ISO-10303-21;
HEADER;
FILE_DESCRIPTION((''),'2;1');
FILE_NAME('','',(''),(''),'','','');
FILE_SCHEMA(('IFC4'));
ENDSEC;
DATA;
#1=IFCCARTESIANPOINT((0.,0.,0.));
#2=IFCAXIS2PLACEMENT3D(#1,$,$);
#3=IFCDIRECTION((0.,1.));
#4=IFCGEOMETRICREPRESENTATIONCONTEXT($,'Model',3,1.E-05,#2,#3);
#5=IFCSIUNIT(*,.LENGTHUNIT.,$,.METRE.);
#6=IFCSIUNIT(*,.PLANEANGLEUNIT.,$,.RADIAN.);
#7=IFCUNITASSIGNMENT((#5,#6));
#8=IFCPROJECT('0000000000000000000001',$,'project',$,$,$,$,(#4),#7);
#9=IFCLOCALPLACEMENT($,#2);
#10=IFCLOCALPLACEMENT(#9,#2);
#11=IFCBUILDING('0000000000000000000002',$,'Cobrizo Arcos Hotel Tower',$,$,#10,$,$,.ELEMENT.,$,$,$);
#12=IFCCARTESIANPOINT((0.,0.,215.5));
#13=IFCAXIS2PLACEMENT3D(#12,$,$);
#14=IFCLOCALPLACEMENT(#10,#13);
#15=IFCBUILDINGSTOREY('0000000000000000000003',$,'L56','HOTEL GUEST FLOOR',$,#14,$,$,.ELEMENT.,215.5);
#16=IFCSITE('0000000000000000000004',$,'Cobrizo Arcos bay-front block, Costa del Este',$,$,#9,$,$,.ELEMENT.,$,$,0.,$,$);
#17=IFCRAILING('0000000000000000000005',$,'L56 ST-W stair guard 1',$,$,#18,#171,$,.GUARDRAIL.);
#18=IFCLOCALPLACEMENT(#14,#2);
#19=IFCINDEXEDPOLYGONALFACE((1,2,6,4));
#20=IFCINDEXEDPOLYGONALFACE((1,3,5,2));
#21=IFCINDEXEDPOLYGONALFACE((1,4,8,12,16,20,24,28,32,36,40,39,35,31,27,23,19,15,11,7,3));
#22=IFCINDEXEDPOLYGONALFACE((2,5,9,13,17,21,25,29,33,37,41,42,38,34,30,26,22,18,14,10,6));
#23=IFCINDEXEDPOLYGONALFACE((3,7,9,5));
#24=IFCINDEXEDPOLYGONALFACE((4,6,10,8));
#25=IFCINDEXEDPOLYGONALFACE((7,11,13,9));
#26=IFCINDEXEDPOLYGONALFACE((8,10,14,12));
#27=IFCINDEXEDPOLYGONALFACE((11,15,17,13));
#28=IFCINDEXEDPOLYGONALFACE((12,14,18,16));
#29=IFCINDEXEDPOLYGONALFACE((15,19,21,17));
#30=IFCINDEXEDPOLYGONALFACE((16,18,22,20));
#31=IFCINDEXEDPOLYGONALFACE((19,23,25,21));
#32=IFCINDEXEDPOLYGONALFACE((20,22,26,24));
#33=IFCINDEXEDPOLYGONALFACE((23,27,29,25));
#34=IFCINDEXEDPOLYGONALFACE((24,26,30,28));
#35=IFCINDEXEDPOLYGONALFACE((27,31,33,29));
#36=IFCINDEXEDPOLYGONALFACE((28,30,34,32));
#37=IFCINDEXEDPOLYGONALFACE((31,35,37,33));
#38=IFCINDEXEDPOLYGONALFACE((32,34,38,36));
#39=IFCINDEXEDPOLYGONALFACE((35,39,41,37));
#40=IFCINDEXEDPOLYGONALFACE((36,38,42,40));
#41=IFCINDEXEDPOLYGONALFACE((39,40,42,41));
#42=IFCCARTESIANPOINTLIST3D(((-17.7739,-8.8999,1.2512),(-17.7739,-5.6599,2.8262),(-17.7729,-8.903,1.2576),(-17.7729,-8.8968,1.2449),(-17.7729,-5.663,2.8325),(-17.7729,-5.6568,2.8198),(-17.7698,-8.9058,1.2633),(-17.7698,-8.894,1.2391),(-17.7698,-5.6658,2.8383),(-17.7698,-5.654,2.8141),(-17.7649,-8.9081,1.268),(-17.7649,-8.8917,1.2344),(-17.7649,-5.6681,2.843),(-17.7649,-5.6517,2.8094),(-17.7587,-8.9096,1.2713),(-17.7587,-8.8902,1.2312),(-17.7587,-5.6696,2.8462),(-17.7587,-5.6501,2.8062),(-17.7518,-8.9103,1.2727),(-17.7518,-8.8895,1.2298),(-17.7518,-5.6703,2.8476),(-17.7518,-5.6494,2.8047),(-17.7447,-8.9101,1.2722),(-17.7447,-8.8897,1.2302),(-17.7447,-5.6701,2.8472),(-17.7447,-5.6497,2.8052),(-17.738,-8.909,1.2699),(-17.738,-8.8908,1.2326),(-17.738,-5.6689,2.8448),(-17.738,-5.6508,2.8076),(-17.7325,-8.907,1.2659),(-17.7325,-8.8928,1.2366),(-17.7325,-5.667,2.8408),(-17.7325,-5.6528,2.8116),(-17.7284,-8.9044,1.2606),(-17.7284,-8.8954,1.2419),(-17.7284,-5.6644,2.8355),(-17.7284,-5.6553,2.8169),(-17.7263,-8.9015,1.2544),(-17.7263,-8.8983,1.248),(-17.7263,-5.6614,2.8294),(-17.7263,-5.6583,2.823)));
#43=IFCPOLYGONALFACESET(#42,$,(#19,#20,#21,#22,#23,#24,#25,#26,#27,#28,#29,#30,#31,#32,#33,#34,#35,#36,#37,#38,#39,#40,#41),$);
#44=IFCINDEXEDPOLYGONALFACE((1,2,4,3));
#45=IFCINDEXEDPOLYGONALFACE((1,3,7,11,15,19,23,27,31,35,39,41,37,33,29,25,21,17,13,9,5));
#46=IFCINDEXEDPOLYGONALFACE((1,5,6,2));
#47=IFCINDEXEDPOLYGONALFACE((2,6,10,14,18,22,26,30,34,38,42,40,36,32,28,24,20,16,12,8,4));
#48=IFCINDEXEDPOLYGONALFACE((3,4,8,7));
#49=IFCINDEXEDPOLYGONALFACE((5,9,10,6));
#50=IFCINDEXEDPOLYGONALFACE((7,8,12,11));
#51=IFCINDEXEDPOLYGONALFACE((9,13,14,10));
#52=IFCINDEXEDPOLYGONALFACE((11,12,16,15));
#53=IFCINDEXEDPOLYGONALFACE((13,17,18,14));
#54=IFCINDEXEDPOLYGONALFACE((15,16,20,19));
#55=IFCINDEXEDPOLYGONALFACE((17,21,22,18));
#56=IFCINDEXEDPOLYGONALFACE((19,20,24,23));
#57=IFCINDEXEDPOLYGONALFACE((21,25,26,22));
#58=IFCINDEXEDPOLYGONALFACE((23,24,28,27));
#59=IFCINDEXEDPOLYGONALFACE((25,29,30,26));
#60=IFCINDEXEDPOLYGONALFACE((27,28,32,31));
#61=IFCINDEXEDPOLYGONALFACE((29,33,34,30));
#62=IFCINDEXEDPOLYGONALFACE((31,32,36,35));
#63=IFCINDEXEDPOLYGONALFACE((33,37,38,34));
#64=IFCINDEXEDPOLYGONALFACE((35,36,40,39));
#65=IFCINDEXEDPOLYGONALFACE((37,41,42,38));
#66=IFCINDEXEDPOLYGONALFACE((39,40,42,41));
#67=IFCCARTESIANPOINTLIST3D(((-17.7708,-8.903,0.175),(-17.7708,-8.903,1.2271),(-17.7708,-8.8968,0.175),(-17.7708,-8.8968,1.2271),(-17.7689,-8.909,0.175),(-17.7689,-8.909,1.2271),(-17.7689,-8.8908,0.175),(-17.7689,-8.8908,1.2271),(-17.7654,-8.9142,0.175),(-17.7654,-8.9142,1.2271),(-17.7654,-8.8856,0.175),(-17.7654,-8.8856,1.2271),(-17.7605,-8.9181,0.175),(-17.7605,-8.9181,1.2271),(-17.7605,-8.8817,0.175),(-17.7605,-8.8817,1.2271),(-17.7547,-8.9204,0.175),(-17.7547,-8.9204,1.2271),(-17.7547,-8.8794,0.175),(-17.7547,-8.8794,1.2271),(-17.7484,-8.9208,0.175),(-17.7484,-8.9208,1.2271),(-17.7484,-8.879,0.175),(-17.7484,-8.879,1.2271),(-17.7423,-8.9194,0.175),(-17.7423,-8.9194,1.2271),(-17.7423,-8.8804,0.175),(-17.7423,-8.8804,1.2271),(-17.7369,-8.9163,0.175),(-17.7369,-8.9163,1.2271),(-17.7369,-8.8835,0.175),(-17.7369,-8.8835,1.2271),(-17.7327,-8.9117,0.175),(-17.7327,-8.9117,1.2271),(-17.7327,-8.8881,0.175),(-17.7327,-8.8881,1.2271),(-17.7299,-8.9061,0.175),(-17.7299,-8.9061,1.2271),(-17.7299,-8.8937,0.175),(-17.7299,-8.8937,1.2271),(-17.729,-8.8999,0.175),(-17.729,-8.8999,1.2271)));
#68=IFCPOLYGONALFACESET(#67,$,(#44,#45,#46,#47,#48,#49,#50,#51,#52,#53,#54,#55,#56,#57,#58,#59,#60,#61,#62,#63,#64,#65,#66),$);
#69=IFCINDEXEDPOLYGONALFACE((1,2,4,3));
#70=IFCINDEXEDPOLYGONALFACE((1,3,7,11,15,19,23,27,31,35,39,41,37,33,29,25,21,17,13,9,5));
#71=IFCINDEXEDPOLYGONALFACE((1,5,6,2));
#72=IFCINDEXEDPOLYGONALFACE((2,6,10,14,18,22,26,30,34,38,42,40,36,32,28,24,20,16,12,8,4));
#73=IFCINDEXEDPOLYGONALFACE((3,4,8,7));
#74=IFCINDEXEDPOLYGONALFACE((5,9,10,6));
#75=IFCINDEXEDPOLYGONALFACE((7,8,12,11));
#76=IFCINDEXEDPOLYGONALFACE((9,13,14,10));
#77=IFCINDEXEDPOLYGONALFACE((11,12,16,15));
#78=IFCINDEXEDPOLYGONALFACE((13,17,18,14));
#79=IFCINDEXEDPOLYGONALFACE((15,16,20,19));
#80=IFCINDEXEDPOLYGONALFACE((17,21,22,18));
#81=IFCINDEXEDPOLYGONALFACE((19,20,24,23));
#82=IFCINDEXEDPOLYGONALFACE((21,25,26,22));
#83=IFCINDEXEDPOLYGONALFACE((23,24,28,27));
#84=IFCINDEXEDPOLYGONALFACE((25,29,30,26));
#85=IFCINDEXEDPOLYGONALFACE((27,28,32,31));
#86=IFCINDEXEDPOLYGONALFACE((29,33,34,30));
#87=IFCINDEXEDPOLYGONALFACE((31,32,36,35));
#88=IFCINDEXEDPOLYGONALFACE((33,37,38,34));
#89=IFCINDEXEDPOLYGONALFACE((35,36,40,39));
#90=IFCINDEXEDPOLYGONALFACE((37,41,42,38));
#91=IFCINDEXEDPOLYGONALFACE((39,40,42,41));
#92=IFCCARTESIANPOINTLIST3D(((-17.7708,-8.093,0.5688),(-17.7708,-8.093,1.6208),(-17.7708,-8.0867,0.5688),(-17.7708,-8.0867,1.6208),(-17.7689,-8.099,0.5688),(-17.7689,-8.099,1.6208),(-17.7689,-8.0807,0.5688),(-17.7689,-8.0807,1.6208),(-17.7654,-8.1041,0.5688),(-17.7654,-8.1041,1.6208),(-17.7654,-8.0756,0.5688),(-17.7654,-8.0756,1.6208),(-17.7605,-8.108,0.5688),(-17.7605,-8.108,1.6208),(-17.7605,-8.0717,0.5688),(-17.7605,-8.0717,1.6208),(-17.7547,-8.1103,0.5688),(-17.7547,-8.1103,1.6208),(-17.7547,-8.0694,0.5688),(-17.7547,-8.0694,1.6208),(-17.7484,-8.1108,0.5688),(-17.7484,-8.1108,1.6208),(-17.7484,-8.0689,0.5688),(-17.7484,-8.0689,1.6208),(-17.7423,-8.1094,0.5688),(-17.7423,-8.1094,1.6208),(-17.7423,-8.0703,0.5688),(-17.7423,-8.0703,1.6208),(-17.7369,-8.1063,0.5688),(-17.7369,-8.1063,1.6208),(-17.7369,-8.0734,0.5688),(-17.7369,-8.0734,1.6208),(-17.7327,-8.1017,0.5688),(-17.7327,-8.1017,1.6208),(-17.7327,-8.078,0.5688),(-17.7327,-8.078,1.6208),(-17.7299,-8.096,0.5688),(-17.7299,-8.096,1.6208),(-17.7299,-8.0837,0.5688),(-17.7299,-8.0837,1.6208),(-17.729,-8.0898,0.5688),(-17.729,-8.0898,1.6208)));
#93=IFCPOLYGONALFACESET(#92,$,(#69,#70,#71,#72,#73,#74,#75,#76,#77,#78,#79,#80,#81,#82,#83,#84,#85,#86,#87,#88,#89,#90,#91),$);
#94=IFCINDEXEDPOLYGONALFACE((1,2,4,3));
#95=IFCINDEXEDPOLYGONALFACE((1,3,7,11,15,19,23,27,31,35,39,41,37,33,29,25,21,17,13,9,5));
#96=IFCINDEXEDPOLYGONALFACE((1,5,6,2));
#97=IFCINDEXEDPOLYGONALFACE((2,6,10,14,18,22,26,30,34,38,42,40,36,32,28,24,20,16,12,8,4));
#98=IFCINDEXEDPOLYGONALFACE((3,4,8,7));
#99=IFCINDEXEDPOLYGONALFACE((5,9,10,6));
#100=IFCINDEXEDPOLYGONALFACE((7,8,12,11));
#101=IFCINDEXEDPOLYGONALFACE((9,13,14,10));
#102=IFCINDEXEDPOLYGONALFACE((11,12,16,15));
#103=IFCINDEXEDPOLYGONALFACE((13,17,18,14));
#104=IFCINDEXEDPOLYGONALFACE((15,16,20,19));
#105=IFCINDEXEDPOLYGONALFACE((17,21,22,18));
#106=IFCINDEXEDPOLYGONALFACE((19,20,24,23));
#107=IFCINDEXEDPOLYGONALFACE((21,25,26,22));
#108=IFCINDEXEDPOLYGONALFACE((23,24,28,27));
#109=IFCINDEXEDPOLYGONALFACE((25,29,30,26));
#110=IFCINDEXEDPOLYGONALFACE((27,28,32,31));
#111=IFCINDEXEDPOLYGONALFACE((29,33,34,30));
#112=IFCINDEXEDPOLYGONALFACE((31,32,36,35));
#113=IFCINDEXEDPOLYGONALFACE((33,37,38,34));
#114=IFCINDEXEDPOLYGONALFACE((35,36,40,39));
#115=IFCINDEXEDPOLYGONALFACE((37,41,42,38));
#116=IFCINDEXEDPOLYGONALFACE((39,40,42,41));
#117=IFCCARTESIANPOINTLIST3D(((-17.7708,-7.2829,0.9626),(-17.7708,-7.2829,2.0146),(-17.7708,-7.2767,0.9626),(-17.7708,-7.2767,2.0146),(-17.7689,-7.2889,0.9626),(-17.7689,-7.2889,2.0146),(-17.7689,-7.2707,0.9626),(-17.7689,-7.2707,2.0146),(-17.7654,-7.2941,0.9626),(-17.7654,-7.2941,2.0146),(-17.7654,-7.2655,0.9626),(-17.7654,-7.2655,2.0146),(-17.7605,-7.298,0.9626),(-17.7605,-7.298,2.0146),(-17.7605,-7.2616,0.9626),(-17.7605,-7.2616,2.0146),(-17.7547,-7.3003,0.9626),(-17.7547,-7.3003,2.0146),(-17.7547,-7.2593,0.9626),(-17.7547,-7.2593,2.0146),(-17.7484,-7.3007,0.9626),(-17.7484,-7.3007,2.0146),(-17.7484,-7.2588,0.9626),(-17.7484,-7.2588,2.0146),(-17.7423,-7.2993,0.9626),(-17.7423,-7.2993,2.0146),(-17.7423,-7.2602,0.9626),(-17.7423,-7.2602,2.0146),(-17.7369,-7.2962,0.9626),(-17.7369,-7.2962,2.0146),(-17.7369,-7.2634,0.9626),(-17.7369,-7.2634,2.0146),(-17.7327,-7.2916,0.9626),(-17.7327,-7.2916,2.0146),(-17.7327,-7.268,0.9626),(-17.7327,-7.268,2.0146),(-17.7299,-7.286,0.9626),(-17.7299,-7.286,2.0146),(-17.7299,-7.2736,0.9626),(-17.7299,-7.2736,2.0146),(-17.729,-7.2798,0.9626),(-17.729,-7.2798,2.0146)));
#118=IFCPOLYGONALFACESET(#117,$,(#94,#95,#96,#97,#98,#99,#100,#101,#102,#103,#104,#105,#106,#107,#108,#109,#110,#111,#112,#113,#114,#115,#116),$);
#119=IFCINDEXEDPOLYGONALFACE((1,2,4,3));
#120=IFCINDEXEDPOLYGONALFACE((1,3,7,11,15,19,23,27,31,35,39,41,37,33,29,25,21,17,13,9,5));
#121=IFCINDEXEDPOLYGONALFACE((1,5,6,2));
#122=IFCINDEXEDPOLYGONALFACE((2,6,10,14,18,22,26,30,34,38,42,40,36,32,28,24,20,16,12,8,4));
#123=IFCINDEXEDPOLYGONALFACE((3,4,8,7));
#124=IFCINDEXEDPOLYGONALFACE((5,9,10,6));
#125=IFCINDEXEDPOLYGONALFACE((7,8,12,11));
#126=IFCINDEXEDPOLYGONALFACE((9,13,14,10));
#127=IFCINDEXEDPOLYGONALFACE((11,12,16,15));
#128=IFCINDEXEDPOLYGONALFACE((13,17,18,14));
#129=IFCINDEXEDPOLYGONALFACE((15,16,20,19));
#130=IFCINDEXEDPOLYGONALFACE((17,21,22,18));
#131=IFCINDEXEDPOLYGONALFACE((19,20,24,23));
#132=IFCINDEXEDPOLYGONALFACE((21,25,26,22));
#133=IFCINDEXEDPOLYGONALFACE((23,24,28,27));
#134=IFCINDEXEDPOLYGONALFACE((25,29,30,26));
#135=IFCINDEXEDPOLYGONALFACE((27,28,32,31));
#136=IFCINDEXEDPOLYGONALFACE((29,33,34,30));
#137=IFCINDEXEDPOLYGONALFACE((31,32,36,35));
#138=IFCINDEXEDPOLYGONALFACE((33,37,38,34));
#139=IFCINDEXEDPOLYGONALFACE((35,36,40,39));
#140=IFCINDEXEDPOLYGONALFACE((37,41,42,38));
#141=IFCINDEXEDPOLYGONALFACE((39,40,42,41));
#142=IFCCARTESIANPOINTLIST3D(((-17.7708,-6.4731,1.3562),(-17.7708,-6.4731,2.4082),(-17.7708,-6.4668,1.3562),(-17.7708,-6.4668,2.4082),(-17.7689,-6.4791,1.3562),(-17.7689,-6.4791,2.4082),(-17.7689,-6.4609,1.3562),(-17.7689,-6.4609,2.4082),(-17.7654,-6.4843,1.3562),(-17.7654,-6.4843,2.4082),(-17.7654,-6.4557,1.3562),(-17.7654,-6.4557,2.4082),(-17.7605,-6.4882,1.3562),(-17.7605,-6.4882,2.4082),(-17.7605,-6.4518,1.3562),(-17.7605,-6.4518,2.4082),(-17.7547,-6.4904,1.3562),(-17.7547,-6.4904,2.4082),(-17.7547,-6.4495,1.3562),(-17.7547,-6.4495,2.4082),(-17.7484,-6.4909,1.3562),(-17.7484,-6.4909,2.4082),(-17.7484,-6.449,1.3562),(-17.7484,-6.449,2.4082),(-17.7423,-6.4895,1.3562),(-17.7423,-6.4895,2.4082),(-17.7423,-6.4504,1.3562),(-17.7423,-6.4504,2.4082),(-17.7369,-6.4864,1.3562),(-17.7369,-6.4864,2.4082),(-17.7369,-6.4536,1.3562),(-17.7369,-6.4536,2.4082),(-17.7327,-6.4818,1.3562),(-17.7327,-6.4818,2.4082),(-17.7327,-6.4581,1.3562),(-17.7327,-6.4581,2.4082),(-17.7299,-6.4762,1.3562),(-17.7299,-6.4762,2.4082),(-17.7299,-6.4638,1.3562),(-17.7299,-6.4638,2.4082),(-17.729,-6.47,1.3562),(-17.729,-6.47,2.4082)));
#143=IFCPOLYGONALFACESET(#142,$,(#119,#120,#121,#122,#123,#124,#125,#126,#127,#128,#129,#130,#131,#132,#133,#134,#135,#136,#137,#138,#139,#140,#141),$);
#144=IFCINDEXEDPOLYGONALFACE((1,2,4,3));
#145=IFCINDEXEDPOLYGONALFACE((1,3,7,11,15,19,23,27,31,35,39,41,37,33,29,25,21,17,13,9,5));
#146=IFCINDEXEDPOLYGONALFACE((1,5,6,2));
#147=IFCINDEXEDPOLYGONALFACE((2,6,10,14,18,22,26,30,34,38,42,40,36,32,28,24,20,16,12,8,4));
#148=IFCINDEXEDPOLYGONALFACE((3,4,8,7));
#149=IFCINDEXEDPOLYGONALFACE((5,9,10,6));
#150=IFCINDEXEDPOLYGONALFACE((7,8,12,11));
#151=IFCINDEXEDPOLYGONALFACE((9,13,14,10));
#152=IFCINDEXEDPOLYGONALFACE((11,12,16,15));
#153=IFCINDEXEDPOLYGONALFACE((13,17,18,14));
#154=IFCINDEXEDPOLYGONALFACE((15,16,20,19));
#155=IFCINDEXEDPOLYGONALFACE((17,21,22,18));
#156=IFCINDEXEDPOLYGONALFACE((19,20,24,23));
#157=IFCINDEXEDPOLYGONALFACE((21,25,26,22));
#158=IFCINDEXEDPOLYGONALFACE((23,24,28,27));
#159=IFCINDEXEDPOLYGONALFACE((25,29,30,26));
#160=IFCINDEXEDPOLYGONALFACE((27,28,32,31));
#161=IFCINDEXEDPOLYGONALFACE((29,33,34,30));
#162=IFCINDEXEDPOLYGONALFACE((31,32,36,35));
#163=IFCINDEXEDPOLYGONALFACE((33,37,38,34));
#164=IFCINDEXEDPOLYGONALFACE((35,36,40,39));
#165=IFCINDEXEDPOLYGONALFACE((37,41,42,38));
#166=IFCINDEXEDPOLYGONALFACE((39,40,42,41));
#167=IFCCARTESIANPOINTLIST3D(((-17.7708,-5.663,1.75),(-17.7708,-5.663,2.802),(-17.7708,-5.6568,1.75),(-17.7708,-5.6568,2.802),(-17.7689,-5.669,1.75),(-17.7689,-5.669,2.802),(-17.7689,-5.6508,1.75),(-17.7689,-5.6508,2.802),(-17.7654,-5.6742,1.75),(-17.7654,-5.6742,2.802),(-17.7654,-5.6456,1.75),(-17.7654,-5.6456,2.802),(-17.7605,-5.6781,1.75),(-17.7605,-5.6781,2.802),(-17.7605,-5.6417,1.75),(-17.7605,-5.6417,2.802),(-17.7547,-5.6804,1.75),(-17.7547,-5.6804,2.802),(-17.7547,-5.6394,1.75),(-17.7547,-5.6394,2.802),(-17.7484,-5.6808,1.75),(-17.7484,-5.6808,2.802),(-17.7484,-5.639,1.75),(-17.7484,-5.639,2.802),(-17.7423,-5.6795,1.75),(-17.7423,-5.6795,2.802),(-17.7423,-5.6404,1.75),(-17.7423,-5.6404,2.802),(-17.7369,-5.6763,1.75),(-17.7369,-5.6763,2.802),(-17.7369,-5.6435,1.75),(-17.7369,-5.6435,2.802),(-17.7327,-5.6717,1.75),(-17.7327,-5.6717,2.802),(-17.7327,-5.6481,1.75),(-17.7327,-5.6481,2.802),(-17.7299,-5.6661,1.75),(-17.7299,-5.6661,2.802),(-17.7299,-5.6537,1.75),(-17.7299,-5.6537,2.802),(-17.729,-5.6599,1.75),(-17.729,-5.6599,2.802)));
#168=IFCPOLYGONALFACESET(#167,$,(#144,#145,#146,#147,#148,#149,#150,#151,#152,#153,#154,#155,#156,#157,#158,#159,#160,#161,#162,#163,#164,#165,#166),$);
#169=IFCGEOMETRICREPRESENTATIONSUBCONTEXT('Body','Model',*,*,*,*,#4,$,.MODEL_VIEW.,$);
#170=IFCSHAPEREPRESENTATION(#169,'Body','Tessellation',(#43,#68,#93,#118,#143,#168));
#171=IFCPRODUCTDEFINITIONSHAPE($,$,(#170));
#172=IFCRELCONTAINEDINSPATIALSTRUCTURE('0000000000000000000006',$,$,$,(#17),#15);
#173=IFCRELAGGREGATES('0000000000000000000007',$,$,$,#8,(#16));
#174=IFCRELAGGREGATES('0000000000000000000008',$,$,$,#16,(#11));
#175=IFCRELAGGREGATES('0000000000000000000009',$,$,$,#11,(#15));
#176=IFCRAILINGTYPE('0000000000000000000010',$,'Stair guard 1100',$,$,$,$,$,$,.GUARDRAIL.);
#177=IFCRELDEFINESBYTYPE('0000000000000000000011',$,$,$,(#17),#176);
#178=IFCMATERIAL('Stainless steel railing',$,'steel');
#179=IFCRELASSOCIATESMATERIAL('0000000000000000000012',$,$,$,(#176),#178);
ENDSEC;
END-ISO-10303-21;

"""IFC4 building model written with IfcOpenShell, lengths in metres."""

from ifc_helpers import new_model, si_unit, direction, frame, origin, origin_2d, place, context, subcontext, project, spatial, circle, extrude, material, type_object, element, save


model = new_model("IFC4")

# Units and contexts
model_context = context("Model", 3, precision=1e-05, world=origin(), true_north=direction((0.0, 1.0)))
body_context = subcontext(model_context, "Body", "Model", "MODEL_VIEW")
ifc_project = project(units=[si_unit("LENGTHUNIT", "METRE"), si_unit("PLANEANGLEUNIT", "RADIAN")], contexts=[model_context])

# Site, building, storey
site_placement = place(None, origin())
site = spatial("IfcSite", under=ifc_project, at=site_placement, Name="Cobrizo Arcos bay-front block, Costa del Este", CompositionType="ELEMENT", RefElevation=0.0)
building_placement = place(site_placement, origin())
building = spatial("IfcBuilding", under=site, at=building_placement, Name="Cobrizo Arcos Hotel Tower", CompositionType="ELEMENT")
storey_placement = place(building_placement, frame((0.0, 0.0, 215.5)))
storey = spatial("IfcBuildingStorey", under=building, at=storey_placement, Name="L56", Description="HOTEL GUEST FLOOR", CompositionType="ELEMENT", Elevation=215.5)

# Railing
ifc_material_1 = material(Name="Stainless steel railing", Category="steel")
railing_type_1 = type_object("IfcRailingType", Name="Stair guard 1100", PredefinedType="GUARDRAIL", material=ifc_material_1)
railing_1_placement = place(storey_placement, frame((-17.75, -8.8999, 0.175)))
element("IfcRailing", 1, at=railing_1_placement, inside=storey, type_object=railing_type_1, Name="L56 ST-W stair guard 1", PredefinedType="GUARDRAIL", context=body_context, shape_type="SweptSolid", body=[
    extrude(circle(Radius=0.0239, at=origin_2d()), frame((0.0, 0.0, 1.0762), z_axis=(0.0, 0.899373, 0.437183), x_axis=(-1.0, 0.0, 0.0)), (0.0, 0.0, 1.0), 3.6025),
    extrude(circle(Radius=0.021, at=origin_2d()), origin(), (0.0, 0.0, 1.0), 1.052),
    extrude(circle(Radius=0.021, at=origin_2d()), frame((0.0, 0.8101, 0.3938)), (0.0, 0.0, 1.0), 1.052),
    extrude(circle(Radius=0.021, at=origin_2d()), frame((0.0, 1.6201, 0.7876)), (0.0, 0.0, 1.0), 1.052),
    extrude(circle(Radius=0.021, at=origin_2d()), frame((0.0, 2.4299, 1.1812)), (0.0, 0.0, 1.0), 1.052),
    extrude(circle(Radius=0.021, at=origin_2d()), frame((0.0, 3.24, 1.575)), (0.0, 0.0, 1.0), 1.052),
])

save(model, "model.ifc")
